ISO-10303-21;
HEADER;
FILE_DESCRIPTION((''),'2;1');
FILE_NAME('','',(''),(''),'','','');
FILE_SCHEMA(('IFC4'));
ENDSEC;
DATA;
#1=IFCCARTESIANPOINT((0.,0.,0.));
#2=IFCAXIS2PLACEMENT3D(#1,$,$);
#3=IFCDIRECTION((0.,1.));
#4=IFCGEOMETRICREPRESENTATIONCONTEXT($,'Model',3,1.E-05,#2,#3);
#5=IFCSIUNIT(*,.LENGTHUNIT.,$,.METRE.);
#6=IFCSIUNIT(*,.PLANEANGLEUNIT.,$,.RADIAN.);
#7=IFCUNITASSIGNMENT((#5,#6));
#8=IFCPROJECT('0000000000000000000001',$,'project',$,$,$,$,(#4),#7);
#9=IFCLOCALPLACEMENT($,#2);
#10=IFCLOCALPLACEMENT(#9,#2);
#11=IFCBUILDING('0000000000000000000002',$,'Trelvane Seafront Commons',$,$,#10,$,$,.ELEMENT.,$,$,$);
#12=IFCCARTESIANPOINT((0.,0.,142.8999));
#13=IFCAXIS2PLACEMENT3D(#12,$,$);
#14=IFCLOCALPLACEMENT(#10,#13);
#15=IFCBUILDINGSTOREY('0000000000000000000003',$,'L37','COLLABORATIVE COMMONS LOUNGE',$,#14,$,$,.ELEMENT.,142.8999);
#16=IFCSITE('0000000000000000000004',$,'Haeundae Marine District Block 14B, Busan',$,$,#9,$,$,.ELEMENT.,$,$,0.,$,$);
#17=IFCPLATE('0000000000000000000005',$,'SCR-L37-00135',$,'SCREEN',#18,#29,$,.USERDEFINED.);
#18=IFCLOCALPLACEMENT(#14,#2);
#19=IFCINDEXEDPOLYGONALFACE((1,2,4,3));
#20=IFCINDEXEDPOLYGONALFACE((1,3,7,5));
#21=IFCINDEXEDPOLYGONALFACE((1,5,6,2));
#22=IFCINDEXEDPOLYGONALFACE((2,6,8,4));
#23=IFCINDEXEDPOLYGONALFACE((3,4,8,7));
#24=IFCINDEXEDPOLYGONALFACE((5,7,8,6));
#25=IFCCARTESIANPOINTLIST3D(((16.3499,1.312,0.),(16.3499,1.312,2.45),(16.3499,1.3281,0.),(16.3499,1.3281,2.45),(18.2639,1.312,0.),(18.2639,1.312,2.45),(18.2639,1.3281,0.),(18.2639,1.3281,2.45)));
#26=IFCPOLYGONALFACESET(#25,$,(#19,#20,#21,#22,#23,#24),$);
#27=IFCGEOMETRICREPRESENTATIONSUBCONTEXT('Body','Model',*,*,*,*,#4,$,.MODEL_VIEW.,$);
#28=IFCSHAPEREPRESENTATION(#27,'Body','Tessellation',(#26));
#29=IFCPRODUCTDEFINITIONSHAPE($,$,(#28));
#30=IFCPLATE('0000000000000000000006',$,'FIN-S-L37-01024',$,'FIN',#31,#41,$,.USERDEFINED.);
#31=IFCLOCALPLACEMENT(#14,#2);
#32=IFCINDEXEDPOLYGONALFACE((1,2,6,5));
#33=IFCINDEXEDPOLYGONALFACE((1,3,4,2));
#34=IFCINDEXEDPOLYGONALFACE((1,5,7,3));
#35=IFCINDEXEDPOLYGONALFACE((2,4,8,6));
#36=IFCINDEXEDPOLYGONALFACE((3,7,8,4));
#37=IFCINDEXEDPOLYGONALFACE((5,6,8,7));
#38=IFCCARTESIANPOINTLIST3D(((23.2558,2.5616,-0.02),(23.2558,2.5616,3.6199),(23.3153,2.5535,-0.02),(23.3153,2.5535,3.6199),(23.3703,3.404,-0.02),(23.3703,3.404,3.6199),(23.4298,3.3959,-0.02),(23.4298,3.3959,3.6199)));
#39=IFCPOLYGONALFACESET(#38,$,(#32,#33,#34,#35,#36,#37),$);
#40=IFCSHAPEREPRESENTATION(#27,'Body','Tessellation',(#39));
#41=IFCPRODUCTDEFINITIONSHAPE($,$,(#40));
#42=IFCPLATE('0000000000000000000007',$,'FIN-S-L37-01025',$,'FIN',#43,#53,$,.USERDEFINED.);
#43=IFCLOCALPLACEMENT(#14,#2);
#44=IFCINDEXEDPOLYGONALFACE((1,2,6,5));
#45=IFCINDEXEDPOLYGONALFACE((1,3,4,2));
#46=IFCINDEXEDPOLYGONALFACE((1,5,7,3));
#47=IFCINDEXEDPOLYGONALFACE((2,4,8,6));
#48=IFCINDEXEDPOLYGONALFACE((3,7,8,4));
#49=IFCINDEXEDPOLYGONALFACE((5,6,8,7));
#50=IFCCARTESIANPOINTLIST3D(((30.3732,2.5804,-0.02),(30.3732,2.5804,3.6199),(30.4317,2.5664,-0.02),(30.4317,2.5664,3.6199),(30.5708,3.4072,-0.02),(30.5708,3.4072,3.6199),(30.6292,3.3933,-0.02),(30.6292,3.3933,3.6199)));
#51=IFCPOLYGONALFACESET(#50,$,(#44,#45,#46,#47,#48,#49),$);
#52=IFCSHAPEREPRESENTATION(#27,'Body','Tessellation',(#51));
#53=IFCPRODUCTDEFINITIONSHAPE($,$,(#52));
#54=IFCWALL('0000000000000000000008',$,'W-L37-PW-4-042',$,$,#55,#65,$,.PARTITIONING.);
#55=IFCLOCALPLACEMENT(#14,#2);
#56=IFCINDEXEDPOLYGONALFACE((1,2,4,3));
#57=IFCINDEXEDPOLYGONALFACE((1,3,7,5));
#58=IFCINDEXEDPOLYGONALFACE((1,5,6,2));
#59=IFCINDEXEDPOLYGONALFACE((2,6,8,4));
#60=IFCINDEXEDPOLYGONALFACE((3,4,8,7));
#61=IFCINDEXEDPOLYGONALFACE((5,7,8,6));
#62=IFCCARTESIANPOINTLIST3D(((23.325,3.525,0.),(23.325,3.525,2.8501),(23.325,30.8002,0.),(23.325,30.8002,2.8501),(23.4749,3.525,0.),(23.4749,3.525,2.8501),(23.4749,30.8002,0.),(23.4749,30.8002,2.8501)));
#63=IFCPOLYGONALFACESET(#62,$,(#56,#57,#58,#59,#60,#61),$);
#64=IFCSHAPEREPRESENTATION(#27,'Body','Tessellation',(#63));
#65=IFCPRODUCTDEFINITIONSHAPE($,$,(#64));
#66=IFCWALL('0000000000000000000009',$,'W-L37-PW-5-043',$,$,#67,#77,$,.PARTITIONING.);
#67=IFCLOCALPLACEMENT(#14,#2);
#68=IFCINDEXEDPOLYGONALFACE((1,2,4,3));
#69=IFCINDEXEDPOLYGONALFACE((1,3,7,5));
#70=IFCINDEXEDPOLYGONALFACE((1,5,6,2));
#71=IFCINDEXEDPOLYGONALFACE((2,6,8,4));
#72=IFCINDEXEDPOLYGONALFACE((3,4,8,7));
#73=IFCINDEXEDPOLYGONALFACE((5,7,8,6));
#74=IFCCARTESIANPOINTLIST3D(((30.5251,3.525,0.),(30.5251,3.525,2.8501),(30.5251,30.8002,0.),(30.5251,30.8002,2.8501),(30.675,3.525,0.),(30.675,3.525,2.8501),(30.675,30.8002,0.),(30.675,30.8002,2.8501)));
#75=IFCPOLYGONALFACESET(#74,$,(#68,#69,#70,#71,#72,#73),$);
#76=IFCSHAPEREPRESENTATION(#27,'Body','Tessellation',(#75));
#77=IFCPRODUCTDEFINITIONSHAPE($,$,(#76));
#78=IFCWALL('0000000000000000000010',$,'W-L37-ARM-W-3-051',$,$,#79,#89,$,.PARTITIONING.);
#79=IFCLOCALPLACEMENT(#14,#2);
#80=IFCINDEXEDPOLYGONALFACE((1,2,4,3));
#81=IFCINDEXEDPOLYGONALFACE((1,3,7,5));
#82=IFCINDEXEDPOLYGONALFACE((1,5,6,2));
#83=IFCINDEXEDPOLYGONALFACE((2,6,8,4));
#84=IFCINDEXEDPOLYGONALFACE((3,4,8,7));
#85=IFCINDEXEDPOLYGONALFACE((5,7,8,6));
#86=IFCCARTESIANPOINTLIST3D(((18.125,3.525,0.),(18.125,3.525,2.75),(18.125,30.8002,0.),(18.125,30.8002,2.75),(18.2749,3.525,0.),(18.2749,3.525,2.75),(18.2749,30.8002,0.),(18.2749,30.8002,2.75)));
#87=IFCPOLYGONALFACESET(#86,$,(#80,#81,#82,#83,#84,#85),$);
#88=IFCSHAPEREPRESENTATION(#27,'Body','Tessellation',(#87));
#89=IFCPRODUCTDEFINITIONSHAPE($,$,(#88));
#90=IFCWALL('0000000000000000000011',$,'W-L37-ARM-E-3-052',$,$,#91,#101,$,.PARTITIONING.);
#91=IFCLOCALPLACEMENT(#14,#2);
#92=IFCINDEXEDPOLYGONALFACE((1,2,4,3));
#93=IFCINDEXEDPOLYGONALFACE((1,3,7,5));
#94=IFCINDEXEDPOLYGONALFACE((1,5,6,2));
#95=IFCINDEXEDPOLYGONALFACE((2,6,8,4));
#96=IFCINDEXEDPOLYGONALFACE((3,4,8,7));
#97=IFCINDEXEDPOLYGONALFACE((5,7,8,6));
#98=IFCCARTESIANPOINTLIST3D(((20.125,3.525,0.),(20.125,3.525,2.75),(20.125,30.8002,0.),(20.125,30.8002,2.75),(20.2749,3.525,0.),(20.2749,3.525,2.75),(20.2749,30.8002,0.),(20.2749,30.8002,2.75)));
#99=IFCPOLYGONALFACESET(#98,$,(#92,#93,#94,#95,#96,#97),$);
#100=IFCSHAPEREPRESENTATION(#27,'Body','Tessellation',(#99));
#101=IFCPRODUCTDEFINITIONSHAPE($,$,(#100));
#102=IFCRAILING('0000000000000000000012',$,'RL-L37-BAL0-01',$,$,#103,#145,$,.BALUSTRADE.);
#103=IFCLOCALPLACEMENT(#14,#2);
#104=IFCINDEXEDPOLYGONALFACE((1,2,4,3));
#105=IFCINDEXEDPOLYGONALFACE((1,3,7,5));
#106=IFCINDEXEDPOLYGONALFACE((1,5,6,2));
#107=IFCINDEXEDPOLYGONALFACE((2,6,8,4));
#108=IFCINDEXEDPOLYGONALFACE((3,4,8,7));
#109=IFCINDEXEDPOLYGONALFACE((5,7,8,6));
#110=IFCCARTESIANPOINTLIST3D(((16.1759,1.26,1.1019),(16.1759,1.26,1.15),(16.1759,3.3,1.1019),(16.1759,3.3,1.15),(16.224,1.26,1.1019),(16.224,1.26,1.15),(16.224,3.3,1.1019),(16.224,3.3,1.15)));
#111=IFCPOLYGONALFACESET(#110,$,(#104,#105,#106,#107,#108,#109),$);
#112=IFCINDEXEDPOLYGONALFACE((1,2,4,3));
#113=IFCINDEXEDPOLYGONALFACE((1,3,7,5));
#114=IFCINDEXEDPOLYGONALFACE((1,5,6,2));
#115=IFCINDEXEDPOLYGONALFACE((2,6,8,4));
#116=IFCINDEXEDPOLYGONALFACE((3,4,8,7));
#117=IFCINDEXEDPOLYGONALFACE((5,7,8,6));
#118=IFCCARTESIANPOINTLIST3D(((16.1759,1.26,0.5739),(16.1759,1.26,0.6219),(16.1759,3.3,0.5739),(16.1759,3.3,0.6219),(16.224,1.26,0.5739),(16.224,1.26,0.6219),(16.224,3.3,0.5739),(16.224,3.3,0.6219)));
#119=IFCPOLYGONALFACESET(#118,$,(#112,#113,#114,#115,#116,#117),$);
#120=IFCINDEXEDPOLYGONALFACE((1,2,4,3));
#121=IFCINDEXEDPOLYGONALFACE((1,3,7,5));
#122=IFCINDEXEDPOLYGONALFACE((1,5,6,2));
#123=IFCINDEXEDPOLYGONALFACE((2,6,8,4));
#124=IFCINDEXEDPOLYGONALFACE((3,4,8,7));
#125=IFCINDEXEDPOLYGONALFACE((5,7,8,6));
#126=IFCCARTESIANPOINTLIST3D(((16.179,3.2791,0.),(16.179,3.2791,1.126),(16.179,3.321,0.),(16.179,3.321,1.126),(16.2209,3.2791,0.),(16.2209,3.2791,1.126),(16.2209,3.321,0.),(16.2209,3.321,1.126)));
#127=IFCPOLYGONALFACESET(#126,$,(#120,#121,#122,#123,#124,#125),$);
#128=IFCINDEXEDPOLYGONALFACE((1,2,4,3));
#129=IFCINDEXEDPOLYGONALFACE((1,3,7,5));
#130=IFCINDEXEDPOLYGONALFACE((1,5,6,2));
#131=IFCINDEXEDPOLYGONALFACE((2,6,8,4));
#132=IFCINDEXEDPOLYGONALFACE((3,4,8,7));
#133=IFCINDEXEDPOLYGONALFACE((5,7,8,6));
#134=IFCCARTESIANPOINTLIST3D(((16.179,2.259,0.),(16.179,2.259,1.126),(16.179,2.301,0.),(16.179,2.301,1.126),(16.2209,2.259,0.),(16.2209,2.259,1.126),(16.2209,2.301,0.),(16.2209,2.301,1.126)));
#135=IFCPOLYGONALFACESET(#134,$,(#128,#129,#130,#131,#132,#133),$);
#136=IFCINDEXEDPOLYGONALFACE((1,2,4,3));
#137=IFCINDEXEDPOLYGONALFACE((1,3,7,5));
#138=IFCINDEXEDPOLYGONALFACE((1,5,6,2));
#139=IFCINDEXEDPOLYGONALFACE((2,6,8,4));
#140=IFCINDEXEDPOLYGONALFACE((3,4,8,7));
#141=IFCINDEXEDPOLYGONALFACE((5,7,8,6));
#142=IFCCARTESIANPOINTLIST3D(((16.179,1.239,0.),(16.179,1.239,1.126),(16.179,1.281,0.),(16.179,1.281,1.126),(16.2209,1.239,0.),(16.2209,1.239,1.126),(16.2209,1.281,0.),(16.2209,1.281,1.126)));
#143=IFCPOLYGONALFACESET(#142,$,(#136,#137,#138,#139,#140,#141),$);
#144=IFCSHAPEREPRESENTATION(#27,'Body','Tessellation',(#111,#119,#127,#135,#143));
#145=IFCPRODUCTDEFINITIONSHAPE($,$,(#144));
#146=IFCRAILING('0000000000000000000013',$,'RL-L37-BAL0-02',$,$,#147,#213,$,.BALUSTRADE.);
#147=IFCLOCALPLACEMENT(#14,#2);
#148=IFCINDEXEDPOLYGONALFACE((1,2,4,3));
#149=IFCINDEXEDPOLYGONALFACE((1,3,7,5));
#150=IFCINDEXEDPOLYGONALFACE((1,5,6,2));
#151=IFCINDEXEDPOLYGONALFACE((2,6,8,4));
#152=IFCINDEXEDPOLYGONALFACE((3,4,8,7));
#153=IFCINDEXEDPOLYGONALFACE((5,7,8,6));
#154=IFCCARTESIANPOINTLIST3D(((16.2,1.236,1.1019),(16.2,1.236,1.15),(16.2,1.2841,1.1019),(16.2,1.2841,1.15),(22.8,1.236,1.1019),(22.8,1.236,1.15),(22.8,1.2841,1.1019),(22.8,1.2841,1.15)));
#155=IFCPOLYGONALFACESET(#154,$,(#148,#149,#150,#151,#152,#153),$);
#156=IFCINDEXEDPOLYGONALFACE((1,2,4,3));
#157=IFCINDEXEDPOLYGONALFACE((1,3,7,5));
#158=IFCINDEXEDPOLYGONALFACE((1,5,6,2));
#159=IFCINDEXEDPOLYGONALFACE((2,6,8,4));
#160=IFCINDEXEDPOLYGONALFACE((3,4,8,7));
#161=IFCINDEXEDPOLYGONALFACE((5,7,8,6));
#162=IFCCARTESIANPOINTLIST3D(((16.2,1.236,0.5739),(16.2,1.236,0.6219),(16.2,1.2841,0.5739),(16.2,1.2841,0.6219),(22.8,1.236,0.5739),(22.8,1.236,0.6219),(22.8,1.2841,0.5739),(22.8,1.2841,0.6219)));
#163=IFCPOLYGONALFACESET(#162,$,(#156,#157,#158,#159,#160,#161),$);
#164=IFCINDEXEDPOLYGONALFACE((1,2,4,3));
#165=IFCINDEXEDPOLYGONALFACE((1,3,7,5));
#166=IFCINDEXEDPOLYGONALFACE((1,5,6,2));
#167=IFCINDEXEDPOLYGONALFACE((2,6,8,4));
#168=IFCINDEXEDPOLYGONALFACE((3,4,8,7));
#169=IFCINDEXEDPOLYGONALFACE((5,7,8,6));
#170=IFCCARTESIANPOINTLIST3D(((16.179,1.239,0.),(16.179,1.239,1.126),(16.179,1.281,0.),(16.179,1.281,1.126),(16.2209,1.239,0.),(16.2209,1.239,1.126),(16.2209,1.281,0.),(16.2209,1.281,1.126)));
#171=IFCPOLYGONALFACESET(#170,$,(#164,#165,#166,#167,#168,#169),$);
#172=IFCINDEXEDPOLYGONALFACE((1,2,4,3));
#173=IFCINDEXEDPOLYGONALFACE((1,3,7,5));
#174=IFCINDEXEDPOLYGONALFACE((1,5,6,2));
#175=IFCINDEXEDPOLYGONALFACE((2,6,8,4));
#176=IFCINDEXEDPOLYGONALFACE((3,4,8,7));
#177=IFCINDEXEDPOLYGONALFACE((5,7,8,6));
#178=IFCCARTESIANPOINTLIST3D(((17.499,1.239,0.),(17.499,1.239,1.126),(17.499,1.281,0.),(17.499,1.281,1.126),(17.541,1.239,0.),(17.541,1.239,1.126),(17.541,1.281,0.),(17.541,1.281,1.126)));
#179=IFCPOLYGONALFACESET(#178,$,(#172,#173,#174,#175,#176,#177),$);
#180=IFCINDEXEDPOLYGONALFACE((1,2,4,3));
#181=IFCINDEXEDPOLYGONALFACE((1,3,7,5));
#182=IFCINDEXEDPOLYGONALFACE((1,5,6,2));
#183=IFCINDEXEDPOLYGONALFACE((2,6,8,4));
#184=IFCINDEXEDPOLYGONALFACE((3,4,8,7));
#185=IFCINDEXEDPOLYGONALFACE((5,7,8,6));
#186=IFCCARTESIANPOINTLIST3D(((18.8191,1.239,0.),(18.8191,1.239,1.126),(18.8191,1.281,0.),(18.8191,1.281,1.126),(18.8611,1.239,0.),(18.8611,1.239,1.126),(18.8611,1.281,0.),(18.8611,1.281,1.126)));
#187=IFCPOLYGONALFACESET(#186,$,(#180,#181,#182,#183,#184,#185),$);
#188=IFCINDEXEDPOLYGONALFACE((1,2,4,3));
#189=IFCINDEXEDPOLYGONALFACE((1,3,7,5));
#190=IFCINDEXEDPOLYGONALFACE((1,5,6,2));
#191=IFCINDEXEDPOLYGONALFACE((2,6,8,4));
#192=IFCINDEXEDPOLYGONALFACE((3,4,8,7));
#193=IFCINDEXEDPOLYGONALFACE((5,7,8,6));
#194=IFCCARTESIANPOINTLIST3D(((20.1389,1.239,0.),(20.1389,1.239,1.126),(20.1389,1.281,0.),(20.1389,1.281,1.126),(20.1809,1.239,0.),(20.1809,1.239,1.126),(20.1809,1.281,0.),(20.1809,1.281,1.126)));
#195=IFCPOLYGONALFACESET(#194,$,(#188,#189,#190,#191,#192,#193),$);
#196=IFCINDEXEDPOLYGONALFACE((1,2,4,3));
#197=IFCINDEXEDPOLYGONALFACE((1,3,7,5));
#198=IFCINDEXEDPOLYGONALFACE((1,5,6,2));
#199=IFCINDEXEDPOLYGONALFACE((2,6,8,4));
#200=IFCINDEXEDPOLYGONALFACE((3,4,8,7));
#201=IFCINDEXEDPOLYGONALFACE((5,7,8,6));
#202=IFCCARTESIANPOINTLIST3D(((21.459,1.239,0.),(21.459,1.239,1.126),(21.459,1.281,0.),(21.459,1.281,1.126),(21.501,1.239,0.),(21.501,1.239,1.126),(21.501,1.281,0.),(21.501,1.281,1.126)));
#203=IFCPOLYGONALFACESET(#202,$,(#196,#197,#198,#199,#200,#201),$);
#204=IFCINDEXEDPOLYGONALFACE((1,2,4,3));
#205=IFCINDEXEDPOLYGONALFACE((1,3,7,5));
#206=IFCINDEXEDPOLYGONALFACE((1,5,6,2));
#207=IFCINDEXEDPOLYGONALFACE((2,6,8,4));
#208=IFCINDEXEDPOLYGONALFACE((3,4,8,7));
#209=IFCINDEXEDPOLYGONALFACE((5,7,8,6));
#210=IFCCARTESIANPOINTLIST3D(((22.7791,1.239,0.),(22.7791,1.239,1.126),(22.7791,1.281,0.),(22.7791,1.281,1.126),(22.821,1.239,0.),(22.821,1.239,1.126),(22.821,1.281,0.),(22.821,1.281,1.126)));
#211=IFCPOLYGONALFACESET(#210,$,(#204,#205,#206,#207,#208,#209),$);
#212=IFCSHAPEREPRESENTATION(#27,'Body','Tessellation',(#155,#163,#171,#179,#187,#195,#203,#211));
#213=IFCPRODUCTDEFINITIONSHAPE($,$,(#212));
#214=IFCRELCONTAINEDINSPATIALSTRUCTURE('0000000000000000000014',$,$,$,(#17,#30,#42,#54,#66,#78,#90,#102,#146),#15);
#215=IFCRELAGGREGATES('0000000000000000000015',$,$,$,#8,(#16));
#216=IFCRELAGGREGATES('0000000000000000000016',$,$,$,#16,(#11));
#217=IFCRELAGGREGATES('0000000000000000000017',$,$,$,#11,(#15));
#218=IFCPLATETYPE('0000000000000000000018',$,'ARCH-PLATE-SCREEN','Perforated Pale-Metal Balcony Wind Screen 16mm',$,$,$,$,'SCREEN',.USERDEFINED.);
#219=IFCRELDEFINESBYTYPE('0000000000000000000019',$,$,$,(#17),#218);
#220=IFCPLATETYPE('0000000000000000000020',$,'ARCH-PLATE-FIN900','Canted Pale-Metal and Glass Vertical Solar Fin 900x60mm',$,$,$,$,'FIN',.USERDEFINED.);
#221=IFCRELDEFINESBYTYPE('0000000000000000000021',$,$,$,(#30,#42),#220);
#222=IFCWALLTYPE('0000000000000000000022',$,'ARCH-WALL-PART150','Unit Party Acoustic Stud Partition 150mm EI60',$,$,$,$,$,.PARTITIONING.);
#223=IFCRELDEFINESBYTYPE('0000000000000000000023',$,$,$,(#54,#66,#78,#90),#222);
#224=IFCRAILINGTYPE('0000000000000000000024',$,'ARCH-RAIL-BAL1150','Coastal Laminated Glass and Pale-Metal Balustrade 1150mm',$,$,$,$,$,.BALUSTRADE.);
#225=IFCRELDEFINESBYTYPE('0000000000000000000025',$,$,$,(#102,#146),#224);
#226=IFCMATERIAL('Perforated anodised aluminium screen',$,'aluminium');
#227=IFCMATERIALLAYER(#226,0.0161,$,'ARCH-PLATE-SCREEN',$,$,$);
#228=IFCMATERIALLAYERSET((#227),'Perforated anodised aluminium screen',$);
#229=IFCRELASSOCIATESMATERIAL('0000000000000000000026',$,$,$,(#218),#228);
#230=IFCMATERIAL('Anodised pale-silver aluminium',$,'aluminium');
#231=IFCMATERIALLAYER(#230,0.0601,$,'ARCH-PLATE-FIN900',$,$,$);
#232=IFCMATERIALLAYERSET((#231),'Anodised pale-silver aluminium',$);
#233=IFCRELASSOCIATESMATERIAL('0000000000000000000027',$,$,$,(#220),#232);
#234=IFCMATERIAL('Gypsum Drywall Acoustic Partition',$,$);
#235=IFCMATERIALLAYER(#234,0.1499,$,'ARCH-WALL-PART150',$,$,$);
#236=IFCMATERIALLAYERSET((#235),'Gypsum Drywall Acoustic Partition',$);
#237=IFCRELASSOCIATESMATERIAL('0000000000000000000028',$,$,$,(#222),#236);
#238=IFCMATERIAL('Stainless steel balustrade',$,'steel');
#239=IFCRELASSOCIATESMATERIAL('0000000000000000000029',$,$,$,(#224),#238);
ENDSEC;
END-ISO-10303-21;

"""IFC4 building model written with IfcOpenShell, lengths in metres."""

from ifc_helpers import new_model, si_unit, direction, frame, frame_2d, origin, origin_2d, place, context, subcontext, project, spatial, rectangle, extrude, source, transform, mapped, material, layer, layer_set, type_object, element, save


model = new_model("IFC4")

# Units and contexts
model_context = context("Model", 3, precision=1e-05, world=origin(), true_north=direction((0.0, 1.0)))
body_context = subcontext(model_context, "Body", "Model", "MODEL_VIEW")
ifc_project = project(units=[si_unit("LENGTHUNIT", "METRE"), si_unit("PLANEANGLEUNIT", "RADIAN")], contexts=[model_context])

# Site, building, storey
site_placement = place(None, origin())
site = spatial("IfcSite", under=ifc_project, at=site_placement, Name="Haeundae Marine District Block 14B, Busan", CompositionType="ELEMENT", RefElevation=0.0)
building_placement = place(site_placement, origin())
building = spatial("IfcBuilding", under=site, at=building_placement, Name="Trelvane Seafront Commons", CompositionType="ELEMENT")
storey_placement = place(building_placement, frame((0.0, 0.0, 142.8999)))
storey = spatial("IfcBuildingStorey", under=building, at=storey_placement, Name="L37", Description="COLLABORATIVE COMMONS LOUNGE", CompositionType="ELEMENT", Elevation=142.8999)

# Plates
ifc_material_1 = material(Name="Perforated anodised aluminium screen", Category="aluminium")
ifc_layer_1 = layer(ifc_material_1, 0.0161, Name="ARCH-PLATE-SCREEN")
ifc_layer_set_1 = layer_set([ifc_layer_1], Name="Perforated anodised aluminium screen")
plate_type_1 = type_object("IfcPlateType", Name="ARCH-PLATE-SCREEN", Description="Perforated Pale-Metal Balcony Wind Screen 16mm", ElementType="SCREEN", PredefinedType="USERDEFINED", material=ifc_layer_set_1)
shared_shape_1 = source(origin(), body_context, "Body", "SweptSolid", [
    extrude(rectangle(XDim=1.9141, YDim=0.0161, at=origin_2d()), origin(), (0.0, 0.0, 1.0), 2.45),
])
plate_placement = place(storey_placement, frame((17.3069, 1.3201, 0.0), z_axis=(0.0, 0.0, 1.0), x_axis=(1.0, 0.0, 0.0)))
element("IfcPlate", 1, at=plate_placement, inside=storey, type_object=plate_type_1, Name="SCR-L37-00135", ObjectType="SCREEN", PredefinedType="USERDEFINED", context=body_context, shape_type="MappedRepresentation", body=[
    mapped(shared_shape_1, transform((0.0, 0.0, 0.0), x_axis=(1.0, 0.0, 0.0), y_axis=(0.0, 1.0, 0.0), z_axis=(0.0, 0.0, 1.0), scale=1.0)),
])
ifc_material_2 = material(Name="Anodised pale-silver aluminium", Category="aluminium")
ifc_layer_2 = layer(ifc_material_2, 0.0601, Name="ARCH-PLATE-FIN900")
ifc_layer_set_2 = layer_set([ifc_layer_2], Name="Anodised pale-silver aluminium")
plate_type_2 = type_object("IfcPlateType", Name="ARCH-PLATE-FIN900", Description="Canted Pale-Metal and Glass Vertical Solar Fin 900x60mm", ElementType="FIN", PredefinedType="USERDEFINED", material=ifc_layer_set_2)
shared_shape_2 = source(origin(), body_context, "Body", "SweptSolid", [
    extrude(rectangle(XDim=0.8501, YDim=0.0601, at=origin_2d()), origin(), (0.0, 0.0, 1.0), 3.6399),
])
for number, where, z_axis, x_axis, name in (
    (2, (23.3428, 2.9788, -0.02), (0.0, 0.0, 1.0), (-0.134699, -0.990887, 0.0), "FIN-S-L37-01024"),
    (3, (30.5012, 2.9868, -0.02), (0.0, 0.0, 1.0), (-0.232362, -0.972629, 0.0), "FIN-S-L37-01025"),
):
    element("IfcPlate", number, at=place(storey_placement, frame(where, z_axis=z_axis, x_axis=x_axis)), inside=storey, type_object=plate_type_2, Name=name, ObjectType="FIN", PredefinedType="USERDEFINED", context=body_context, shape_type="MappedRepresentation", body=[
        mapped(shared_shape_2, transform((0.0, 0.0, 0.0), x_axis=(1.0, 0.0, 0.0), y_axis=(0.0, 1.0, 0.0), z_axis=(0.0, 0.0, 1.0), scale=1.0)),
    ])

# Shared definitions
ifc_material_3 = material(Name="Gypsum Drywall Acoustic Partition")

# Walls
ifc_layer_3 = layer(ifc_material_3, 0.1499, Name="ARCH-WALL-PART150")
ifc_layer_set_3 = layer_set([ifc_layer_3], Name="Gypsum Drywall Acoustic Partition")
wall_type_1 = type_object("IfcWallType", Name="ARCH-WALL-PART150", Description="Unit Party Acoustic Stud Partition 150mm EI60", PredefinedType="PARTITIONING", material=ifc_layer_set_3)
for number, where, z_axis, x_axis, name in (
    (4, (23.3999, 3.5249, 0.0), (0.0, 0.0, 1.0), (0.0, 1.0, 0.0), "W-L37-PW-4-042"),
    (5, (30.6001, 3.5249, 0.0), (0.0, 0.0, 1.0), (0.0, 1.0, 0.0), "W-L37-PW-5-043"),
):
    element("IfcWall", number, at=place(storey_placement, frame(where, z_axis=z_axis, x_axis=x_axis)), inside=storey, type_object=wall_type_1, Name=name, PredefinedType="PARTITIONING", context=body_context, shape_type="SweptSolid", body=[
        extrude(rectangle(XDim=27.2751, YDim=0.1499, at=frame_2d((13.6377, 0.0))), origin(), (0.0, 0.0, 1.0), 2.8501),
    ])
for number, where, z_axis, x_axis, name in (
    (6, (18.2, 3.5249, 0.0), (0.0, 0.0, 1.0), (0.0, 1.0, 0.0), "W-L37-ARM-W-3-051"),
    (7, (20.2, 3.5249, 0.0), (0.0, 0.0, 1.0), (0.0, 1.0, 0.0), "W-L37-ARM-E-3-052"),
):
    element("IfcWall", number, at=place(storey_placement, frame(where, z_axis=z_axis, x_axis=x_axis)), inside=storey, type_object=wall_type_1, Name=name, PredefinedType="PARTITIONING", context=body_context, shape_type="SweptSolid", body=[
        extrude(rectangle(XDim=27.2751, YDim=0.1499, at=frame_2d((13.6377, 0.0))), origin(), (0.0, 0.0, 1.0), 2.75),
    ])

# Railings
ifc_material_4 = material(Name="Stainless steel balustrade", Category="steel")
railing_type = type_object("IfcRailingType", Name="ARCH-RAIL-BAL1150", Description="Coastal Laminated Glass and Pale-Metal Balustrade 1150mm", PredefinedType="BALUSTRADE", material=ifc_material_4)
railing_1_placement = place(storey_placement, frame((16.2, 3.3, 0.0)))
element("IfcRailing", 8, at=railing_1_placement, inside=storey, type_object=railing_type, Name="RL-L37-BAL0-01", PredefinedType="BALUSTRADE", context=body_context, shape_type="SweptSolid", body=[
    extrude(rectangle(XDim=0.0481, YDim=0.0481, at=origin_2d()), frame((0.0, 0.0, 1.126), z_axis=(0.0, -1.0, 0.0), x_axis=(1.0, 0.0, 0.0)), (0.0, 0.0, 1.0), 2.04),
    extrude(rectangle(XDim=0.0481, YDim=0.0481, at=origin_2d()), frame((0.0, 0.0, 0.5979), z_axis=(0.0, -1.0, 0.0), x_axis=(1.0, 0.0, 0.0)), (0.0, 0.0, 1.0), 2.04),
    extrude(rectangle(XDim=0.042, YDim=0.042, at=origin_2d()), origin(), (0.0, 0.0, 1.0), 1.126),
    extrude(rectangle(XDim=0.042, YDim=0.042, at=origin_2d()), frame((0.0, -1.02, 0.0)), (0.0, 0.0, 1.0), 1.126),
    extrude(rectangle(XDim=0.042, YDim=0.042, at=origin_2d()), frame((0.0, -2.04, 0.0)), (0.0, 0.0, 1.0), 1.126),
])
railing_2_placement = place(storey_placement, frame((16.2, 1.26, 0.0)))
element("IfcRailing", 9, at=railing_2_placement, inside=storey, type_object=railing_type, Name="RL-L37-BAL0-02", PredefinedType="BALUSTRADE", context=body_context, shape_type="SweptSolid", body=[
    extrude(rectangle(XDim=0.0481, YDim=0.0481, at=origin_2d()), frame((0.0, 0.0, 1.126), z_axis=(1.0, 0.0, 0.0), x_axis=(0.0, 1.0, 0.0)), (0.0, 0.0, 1.0), 6.6001),
    extrude(rectangle(XDim=0.0481, YDim=0.0481, at=origin_2d()), frame((0.0, 0.0, 0.5979), z_axis=(1.0, 0.0, 0.0), x_axis=(0.0, 1.0, 0.0)), (0.0, 0.0, 1.0), 6.6001),
    extrude(rectangle(XDim=0.042, YDim=0.042, at=origin_2d()), origin(), (0.0, 0.0, 1.0), 1.126),
    extrude(rectangle(XDim=0.042, YDim=0.042, at=origin_2d()), frame((1.3201, 0.0, 0.0)), (0.0, 0.0, 1.0), 1.126),
    extrude(rectangle(XDim=0.042, YDim=0.042, at=origin_2d()), frame((2.6401, 0.0, 0.0)), (0.0, 0.0, 1.0), 1.126),
    extrude(rectangle(XDim=0.042, YDim=0.042, at=origin_2d()), frame((3.96, 0.0, 0.0)), (0.0, 0.0, 1.0), 1.126),
    extrude(rectangle(XDim=0.042, YDim=0.042, at=origin_2d()), frame((5.28, 0.0, 0.0)), (0.0, 0.0, 1.0), 1.126),
    extrude(rectangle(XDim=0.042, YDim=0.042, at=origin_2d()), frame((6.6001, 0.0, 0.0)), (0.0, 0.0, 1.0), 1.126),
])

save(model, "model.ifc")
